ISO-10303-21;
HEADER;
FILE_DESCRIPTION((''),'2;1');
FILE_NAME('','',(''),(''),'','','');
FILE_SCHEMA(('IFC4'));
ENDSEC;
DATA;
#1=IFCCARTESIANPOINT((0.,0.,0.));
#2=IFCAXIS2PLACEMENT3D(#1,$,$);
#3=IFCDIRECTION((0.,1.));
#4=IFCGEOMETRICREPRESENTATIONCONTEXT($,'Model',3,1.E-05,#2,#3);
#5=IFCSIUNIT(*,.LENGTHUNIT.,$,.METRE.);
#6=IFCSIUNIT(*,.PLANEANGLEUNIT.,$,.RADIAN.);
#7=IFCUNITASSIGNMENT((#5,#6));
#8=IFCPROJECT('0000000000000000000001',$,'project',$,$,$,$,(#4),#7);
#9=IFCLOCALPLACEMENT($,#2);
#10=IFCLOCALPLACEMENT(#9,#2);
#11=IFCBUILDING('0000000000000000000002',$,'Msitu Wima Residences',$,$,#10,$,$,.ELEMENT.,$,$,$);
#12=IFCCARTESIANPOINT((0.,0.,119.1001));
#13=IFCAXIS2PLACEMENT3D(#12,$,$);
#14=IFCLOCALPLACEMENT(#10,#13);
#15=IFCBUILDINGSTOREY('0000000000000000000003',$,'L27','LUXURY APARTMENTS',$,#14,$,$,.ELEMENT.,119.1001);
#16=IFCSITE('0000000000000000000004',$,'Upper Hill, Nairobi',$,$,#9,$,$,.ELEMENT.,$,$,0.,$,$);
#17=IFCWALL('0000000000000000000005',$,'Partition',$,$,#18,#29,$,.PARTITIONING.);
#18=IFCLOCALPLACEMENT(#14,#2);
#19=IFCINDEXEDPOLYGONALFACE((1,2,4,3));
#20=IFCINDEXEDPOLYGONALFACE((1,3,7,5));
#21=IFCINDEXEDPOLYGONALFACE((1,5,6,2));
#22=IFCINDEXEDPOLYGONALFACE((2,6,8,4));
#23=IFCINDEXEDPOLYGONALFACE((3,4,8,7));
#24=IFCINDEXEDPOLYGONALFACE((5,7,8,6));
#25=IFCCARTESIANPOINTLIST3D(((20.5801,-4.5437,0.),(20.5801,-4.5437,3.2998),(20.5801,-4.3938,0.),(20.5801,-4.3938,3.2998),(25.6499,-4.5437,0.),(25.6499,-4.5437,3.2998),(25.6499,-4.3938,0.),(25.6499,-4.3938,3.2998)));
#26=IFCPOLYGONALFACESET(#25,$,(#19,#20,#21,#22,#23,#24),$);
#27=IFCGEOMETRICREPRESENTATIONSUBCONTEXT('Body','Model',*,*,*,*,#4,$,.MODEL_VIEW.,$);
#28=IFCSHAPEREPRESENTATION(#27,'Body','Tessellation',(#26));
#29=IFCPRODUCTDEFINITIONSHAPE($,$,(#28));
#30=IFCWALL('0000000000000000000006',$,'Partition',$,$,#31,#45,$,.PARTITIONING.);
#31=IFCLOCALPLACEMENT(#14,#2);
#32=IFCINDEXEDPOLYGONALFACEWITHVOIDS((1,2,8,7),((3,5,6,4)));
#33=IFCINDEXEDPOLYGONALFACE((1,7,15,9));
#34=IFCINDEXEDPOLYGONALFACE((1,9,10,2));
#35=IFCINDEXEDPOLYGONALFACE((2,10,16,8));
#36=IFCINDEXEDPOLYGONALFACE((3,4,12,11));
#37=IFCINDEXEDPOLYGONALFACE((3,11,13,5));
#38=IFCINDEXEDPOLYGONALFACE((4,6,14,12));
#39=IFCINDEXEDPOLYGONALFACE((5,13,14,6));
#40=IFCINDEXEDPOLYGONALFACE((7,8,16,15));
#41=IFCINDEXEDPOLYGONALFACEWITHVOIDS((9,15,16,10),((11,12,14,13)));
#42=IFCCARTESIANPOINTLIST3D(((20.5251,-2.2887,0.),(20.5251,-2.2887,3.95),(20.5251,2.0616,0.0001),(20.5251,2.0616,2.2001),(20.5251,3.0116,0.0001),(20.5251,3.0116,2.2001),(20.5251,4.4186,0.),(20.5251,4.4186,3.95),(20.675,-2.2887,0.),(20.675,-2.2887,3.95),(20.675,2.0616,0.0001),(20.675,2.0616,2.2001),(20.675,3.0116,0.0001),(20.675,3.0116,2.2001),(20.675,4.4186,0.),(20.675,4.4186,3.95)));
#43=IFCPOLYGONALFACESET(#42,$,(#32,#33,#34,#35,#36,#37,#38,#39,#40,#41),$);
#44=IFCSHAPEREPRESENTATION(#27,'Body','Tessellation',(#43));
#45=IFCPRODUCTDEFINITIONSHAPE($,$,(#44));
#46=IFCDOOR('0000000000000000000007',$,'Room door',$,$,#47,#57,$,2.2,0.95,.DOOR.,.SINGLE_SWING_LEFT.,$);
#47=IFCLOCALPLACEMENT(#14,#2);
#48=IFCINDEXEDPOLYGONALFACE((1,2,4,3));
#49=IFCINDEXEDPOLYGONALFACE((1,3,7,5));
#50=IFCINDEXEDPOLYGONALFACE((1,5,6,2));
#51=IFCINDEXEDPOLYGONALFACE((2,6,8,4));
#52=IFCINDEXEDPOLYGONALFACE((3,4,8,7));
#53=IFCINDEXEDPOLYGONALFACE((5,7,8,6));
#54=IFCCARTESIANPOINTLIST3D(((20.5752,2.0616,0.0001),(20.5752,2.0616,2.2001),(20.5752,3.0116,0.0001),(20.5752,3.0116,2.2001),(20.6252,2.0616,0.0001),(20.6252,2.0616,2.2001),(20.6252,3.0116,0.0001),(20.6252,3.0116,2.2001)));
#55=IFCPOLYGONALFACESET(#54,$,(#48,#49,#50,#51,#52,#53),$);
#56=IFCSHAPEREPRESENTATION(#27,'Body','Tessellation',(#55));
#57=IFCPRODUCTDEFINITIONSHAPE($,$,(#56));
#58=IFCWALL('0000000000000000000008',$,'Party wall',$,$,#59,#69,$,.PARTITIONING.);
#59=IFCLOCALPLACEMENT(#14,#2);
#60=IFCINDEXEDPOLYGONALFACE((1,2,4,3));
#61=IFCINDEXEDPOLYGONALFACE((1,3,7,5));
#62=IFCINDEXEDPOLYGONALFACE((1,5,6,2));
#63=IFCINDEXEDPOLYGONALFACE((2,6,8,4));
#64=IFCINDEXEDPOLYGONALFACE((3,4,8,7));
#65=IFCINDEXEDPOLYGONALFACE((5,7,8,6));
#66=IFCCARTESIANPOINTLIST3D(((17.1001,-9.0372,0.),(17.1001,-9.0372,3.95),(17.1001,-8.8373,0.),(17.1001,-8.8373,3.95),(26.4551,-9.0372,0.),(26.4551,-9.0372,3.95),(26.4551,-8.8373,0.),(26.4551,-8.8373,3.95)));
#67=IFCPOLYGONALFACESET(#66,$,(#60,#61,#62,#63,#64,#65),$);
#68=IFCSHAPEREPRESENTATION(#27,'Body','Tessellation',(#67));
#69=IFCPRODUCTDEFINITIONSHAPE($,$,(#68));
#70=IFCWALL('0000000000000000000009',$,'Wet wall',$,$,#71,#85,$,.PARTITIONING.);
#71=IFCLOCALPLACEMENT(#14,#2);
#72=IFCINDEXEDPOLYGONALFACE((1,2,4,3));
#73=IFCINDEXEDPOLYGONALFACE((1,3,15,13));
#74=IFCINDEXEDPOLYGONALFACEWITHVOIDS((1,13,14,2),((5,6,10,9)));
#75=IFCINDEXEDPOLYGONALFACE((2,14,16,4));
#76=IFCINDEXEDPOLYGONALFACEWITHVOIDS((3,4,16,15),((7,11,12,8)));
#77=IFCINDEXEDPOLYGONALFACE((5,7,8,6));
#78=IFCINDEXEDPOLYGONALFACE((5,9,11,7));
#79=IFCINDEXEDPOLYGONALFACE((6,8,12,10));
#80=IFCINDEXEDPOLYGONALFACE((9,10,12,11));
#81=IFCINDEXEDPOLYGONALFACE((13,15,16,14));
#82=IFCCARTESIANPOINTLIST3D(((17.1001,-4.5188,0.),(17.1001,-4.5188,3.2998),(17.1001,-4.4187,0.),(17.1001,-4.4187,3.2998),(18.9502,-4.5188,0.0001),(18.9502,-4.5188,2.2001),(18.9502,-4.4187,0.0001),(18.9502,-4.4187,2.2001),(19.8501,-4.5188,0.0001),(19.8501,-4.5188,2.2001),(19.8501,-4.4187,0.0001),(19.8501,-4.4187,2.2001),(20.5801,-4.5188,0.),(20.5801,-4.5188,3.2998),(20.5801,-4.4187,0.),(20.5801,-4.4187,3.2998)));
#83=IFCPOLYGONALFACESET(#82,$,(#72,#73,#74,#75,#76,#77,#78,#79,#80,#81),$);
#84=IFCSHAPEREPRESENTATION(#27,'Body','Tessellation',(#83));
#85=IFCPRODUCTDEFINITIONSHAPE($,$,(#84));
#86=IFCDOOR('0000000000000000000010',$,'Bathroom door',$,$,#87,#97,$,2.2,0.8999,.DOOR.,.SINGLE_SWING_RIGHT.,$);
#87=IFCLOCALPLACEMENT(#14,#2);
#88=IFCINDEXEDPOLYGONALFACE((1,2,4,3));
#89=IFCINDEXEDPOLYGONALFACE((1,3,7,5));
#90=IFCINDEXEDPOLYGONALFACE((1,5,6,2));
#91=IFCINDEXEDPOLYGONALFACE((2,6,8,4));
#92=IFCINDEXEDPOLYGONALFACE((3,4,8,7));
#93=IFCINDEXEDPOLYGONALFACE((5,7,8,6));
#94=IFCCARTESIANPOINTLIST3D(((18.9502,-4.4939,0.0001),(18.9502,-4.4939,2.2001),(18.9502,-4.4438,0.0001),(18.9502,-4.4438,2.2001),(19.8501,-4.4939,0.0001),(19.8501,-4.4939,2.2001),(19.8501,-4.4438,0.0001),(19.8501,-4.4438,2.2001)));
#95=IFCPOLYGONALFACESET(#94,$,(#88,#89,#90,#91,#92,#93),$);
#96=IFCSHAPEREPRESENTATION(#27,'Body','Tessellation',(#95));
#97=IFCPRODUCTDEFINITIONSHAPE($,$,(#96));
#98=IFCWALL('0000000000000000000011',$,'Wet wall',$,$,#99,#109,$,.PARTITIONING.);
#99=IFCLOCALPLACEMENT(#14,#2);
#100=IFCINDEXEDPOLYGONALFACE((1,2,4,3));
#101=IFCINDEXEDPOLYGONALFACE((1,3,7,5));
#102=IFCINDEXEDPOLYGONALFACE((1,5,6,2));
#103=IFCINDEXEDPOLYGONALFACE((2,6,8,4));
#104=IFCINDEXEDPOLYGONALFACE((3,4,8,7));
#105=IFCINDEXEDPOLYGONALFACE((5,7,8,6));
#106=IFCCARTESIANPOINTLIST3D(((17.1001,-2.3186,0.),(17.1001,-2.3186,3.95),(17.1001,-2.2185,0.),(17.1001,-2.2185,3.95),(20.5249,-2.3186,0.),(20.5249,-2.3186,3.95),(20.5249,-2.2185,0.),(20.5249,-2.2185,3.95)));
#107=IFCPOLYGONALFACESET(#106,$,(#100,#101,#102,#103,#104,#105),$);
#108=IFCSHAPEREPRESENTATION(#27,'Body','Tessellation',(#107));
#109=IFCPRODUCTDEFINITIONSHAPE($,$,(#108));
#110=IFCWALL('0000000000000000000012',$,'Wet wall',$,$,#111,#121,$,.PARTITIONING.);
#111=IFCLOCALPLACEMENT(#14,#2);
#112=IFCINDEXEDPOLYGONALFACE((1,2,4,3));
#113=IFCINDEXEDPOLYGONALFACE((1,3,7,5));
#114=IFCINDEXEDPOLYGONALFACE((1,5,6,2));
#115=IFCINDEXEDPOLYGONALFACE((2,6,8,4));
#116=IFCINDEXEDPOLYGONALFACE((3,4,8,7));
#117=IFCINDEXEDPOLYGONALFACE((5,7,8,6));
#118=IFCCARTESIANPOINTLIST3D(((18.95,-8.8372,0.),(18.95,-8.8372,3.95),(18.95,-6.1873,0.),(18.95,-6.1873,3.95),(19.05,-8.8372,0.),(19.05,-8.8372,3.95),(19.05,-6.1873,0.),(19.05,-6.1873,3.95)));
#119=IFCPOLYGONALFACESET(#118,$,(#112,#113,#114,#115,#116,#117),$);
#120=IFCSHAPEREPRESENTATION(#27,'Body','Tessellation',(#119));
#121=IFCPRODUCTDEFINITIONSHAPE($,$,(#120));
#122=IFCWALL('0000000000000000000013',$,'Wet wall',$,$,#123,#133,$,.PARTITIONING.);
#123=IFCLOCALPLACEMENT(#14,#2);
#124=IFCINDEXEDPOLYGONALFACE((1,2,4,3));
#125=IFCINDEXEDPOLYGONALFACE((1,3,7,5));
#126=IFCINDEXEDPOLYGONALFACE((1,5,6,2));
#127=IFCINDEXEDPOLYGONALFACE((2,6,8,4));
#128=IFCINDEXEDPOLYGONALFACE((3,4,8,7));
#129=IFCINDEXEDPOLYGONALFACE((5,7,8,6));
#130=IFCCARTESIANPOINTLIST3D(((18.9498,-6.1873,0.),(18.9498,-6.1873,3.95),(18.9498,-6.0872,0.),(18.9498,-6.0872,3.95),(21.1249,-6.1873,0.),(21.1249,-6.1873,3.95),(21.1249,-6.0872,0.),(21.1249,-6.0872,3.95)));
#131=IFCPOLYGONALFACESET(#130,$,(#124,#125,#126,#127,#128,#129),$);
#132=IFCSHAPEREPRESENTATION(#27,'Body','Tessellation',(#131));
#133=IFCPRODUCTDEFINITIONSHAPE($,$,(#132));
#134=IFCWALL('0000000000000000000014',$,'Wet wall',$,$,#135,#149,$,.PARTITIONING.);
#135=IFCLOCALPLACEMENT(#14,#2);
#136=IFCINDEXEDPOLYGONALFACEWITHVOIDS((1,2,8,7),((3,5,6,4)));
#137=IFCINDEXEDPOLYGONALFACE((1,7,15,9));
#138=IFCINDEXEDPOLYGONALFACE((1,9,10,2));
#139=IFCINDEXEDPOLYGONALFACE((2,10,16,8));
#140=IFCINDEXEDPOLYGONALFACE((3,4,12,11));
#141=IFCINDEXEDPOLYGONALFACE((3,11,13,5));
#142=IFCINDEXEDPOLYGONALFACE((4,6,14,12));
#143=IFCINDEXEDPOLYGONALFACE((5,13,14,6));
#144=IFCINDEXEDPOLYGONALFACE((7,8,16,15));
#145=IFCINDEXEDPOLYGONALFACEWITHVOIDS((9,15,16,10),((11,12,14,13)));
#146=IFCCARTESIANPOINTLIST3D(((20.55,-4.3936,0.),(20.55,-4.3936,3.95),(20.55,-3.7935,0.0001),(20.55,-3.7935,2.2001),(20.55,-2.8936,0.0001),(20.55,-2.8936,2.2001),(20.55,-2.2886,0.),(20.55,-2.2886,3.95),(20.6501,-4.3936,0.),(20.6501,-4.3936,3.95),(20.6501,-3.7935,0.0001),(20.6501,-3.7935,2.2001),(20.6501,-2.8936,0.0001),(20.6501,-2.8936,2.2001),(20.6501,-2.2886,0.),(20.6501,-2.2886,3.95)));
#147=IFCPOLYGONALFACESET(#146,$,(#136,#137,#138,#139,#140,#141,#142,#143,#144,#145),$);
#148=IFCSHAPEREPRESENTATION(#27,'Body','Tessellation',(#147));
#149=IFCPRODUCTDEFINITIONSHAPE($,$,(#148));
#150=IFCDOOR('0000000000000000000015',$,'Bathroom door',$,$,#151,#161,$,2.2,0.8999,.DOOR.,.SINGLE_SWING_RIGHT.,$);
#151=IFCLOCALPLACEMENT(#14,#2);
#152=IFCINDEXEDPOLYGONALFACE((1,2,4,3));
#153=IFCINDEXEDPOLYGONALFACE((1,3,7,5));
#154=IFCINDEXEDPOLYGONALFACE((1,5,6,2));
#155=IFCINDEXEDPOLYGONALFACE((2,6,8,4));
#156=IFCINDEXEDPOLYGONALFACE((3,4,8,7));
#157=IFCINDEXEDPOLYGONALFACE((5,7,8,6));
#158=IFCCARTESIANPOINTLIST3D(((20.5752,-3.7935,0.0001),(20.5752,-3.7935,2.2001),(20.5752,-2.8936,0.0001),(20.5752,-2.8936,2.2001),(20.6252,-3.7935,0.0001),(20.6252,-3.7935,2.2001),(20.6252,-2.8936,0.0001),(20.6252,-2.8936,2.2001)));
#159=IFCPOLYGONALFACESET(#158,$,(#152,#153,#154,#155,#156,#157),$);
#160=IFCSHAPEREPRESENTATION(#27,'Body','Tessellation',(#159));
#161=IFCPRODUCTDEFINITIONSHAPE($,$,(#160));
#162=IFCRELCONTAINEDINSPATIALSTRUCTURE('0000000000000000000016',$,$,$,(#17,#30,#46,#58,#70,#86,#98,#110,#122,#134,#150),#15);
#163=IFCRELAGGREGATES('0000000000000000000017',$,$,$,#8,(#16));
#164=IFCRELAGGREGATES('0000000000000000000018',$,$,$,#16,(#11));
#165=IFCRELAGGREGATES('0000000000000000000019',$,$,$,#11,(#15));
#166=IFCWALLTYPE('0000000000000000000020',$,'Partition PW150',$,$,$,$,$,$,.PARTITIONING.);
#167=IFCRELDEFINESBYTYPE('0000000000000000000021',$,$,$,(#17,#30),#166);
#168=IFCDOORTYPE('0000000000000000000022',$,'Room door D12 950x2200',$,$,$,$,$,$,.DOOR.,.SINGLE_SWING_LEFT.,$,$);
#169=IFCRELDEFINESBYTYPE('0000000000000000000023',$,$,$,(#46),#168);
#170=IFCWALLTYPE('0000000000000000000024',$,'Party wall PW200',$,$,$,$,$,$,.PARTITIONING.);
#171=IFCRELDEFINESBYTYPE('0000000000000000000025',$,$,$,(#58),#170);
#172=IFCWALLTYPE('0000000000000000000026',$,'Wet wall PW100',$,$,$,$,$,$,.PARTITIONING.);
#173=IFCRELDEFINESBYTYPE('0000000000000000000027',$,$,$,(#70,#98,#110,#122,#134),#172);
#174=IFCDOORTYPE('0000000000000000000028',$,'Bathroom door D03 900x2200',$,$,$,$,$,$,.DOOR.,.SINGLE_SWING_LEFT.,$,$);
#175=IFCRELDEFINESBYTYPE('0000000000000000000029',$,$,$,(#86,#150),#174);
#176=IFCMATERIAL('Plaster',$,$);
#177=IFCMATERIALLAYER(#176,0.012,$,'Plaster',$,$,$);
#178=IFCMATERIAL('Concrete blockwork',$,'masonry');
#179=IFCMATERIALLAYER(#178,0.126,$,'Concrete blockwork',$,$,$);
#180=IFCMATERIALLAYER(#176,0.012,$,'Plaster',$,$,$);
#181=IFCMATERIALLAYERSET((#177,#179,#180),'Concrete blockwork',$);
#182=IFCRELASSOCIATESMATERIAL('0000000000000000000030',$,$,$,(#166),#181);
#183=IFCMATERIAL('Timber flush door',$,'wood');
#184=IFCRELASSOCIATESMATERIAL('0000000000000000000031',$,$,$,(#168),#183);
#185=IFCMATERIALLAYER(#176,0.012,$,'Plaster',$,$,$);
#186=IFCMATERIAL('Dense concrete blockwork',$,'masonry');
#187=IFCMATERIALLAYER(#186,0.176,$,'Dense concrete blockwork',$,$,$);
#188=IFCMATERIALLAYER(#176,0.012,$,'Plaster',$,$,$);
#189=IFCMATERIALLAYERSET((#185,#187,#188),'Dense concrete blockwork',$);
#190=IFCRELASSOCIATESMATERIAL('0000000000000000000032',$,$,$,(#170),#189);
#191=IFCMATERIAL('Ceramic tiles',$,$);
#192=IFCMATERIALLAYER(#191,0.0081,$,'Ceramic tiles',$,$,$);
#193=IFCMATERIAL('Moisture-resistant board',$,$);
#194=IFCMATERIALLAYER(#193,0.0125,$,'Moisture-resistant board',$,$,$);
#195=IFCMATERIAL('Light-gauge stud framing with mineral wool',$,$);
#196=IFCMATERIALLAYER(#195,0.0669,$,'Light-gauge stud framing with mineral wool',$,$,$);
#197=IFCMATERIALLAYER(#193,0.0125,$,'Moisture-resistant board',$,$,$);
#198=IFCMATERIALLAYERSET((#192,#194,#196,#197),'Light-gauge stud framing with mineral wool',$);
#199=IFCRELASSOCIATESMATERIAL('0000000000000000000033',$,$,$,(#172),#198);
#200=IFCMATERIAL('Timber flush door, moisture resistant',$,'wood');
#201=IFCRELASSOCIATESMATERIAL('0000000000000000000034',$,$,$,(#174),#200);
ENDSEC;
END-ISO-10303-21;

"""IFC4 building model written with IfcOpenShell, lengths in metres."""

from ifc_helpers import new_model, si_unit, direction, frame, frame_2d, origin, place, context, subcontext, project, spatial, rectangle, extrude, material, layer, layer_set, type_object, element, fill, save


model = new_model("IFC4")

# Units and contexts
model_context = context("Model", 3, precision=1e-05, world=origin(), true_north=direction((0.0, 1.0)))
body_context = subcontext(model_context, "Body", "Model", "MODEL_VIEW")
ifc_project = project(units=[si_unit("LENGTHUNIT", "METRE"), si_unit("PLANEANGLEUNIT", "RADIAN")], contexts=[model_context])

# Site, building, storey
site_placement = place(None, origin())
site = spatial("IfcSite", under=ifc_project, at=site_placement, Name="Upper Hill, Nairobi", CompositionType="ELEMENT", RefElevation=0.0)
building_placement = place(site_placement, origin())
building = spatial("IfcBuilding", under=site, at=building_placement, Name="Msitu Wima Residences", CompositionType="ELEMENT")
storey_placement = place(building_placement, frame((0.0, 0.0, 119.1001)))
storey = spatial("IfcBuildingStorey", under=building, at=storey_placement, Name="L27", Description="LUXURY APARTMENTS", CompositionType="ELEMENT", Elevation=119.1001)

# Wall
ifc_material_1 = material(Name="Plaster")
ifc_layer_1 = layer(ifc_material_1, 0.012, Name="Plaster")
ifc_material_2 = material(Name="Concrete blockwork", Category="masonry")
ifc_layer_2 = layer(ifc_material_2, 0.126, Name="Concrete blockwork")
ifc_layer_3 = layer(ifc_material_1, 0.012, Name="Plaster")
ifc_layer_set_1 = layer_set([ifc_layer_1, ifc_layer_2, ifc_layer_3], Name="Concrete blockwork")
wall_type_1 = type_object("IfcWallType", Name="Partition PW150", PredefinedType="PARTITIONING", material=ifc_layer_set_1)
wall_1_placement = place(storey_placement, frame((20.5801, -4.4688, 0.0), z_axis=(0.0, 0.0, 1.0), x_axis=(1.0, 0.0, 0.0)))
element("IfcWall", 1, at=wall_1_placement, inside=storey, type_object=wall_type_1, Name="Partition", PredefinedType="PARTITIONING", context=body_context, shape_type="SweptSolid", body=[
    extrude(rectangle(XDim=5.0698, YDim=0.1499, at=frame_2d((2.5349, 0.0))), origin(), (0.0, 0.0, 1.0), 3.2998),
])

# Wall, opening, door
wall_2_placement = place(storey_placement, frame((20.6001, -2.2886, 0.0), z_axis=(0.0, 0.0, 1.0), x_axis=(0.0, 1.0, 0.0)))
wall_2 = element("IfcWall", 2, at=wall_2_placement, inside=storey, type_object=wall_type_1, Name="Partition", PredefinedType="PARTITIONING", context=body_context, shape_type="SweptSolid", body=[
    extrude(rectangle(XDim=6.7073, YDim=0.1499, at=frame_2d((3.3535, 0.0))), origin(), (0.0, 0.0, 1.0), 3.95),
])
opening_1_placement = place(wall_2_placement, frame((4.3501, 0.0, 0.0)))
opening_1 = element("IfcOpeningElement", 3, at=opening_1_placement, cuts=wall_2, PredefinedType="OPENING", context=body_context, shape_type="SweptSolid", body=[
    extrude(rectangle(XDim=0.95, YDim=2.2, at=frame_2d((0.4751, 1.1001))), frame((0.0, 0.085, 0.0), z_axis=(0.0, -1.0, 0.0), x_axis=(1.0, 0.0, 0.0)), (0.0, 0.0, 1.0), 0.1699),
])
ifc_material_3 = material(Name="Timber flush door", Category="wood")
door_type_1 = type_object("IfcDoorType", Name="Room door D12 950x2200", OperationType="SINGLE_SWING_LEFT", PredefinedType="DOOR", material=ifc_material_3)
door_1_placement = place(opening_1_placement, origin())
door_1 = element("IfcDoor", 4, at=door_1_placement, inside=storey, type_object=door_type_1, Name="Room door", OperationType="SINGLE_SWING_LEFT", OverallHeight=2.2, OverallWidth=0.95, PredefinedType="DOOR", context=body_context, shape_type="SweptSolid", body=[
    extrude(rectangle(XDim=0.95, YDim=2.2, at=frame_2d((0.4751, 1.1001))), frame((0.0, 0.0249, 0.0), z_axis=(0.0, -1.0, 0.0), x_axis=(1.0, 0.0, 0.0)), (0.0, 0.0, 1.0), 0.05),
])
fill(opening_1, door_1)

# Wall
ifc_layer_4 = layer(ifc_material_1, 0.012, Name="Plaster")
ifc_material_4 = material(Name="Dense concrete blockwork", Category="masonry")
ifc_layer_5 = layer(ifc_material_4, 0.176, Name="Dense concrete blockwork")
ifc_layer_6 = layer(ifc_material_1, 0.012, Name="Plaster")
ifc_layer_set_2 = layer_set([ifc_layer_4, ifc_layer_5, ifc_layer_6], Name="Dense concrete blockwork")
wall_type_2 = type_object("IfcWallType", Name="Party wall PW200", PredefinedType="PARTITIONING", material=ifc_layer_set_2)
wall_3_placement = place(storey_placement, frame((17.1001, -8.9373, 0.0), z_axis=(0.0, 0.0, 1.0), x_axis=(1.0, 0.0, 0.0)))
element("IfcWall", 5, at=wall_3_placement, inside=storey, type_object=wall_type_2, Name="Party wall", PredefinedType="PARTITIONING", context=body_context, shape_type="SweptSolid", body=[
    extrude(rectangle(XDim=9.355, YDim=0.2, at=frame_2d((4.6775, 0.0))), origin(), (0.0, 0.0, 1.0), 3.95),
])

# Wall, opening, door
ifc_material_5 = material(Name="Ceramic tiles")
ifc_layer_7 = layer(ifc_material_5, 0.0081, Name="Ceramic tiles")
ifc_material_6 = material(Name="Moisture-resistant board")
ifc_layer_8 = layer(ifc_material_6, 0.0125, Name="Moisture-resistant board")
ifc_material_7 = material(Name="Light-gauge stud framing with mineral wool")
ifc_layer_9 = layer(ifc_material_7, 0.0669, Name="Light-gauge stud framing with mineral wool")
ifc_layer_10 = layer(ifc_material_6, 0.0125, Name="Moisture-resistant board")
ifc_layer_set_3 = layer_set([ifc_layer_7, ifc_layer_8, ifc_layer_9, ifc_layer_10], Name="Light-gauge stud framing with mineral wool")
wall_type_3 = type_object("IfcWallType", Name="Wet wall PW100", PredefinedType="PARTITIONING", material=ifc_layer_set_3)
wall_4_placement = place(storey_placement, frame((17.1001, -4.4688, 0.0), z_axis=(0.0, 0.0, 1.0), x_axis=(1.0, 0.0, 0.0)))
wall_4 = element("IfcWall", 6, at=wall_4_placement, inside=storey, type_object=wall_type_3, Name="Wet wall", PredefinedType="PARTITIONING", context=body_context, shape_type="SweptSolid", body=[
    extrude(rectangle(XDim=3.48, YDim=0.1001, at=frame_2d((1.74, 0.0))), origin(), (0.0, 0.0, 1.0), 3.2998),
])
opening_2_placement = place(wall_4_placement, frame((1.8501, 0.0, 0.0)))
opening_2 = element("IfcOpeningElement", 7, at=opening_2_placement, cuts=wall_4, PredefinedType="OPENING", context=body_context, shape_type="SweptSolid", body=[
    extrude(rectangle(XDim=0.8999, YDim=2.2, at=frame_2d((0.45, 1.1001))), frame((0.0, 0.0601, 0.0), z_axis=(0.0, -1.0, 0.0), x_axis=(1.0, 0.0, 0.0)), (0.0, 0.0, 1.0), 0.1201),
])
ifc_material_8 = material(Name="Timber flush door, moisture resistant", Category="wood")
door_type_2 = type_object("IfcDoorType", Name="Bathroom door D03 900x2200", OperationType="SINGLE_SWING_LEFT", PredefinedType="DOOR", material=ifc_material_8)
door_2_placement = place(opening_2_placement, origin())
door_2 = element("IfcDoor", 8, at=door_2_placement, inside=storey, type_object=door_type_2, Name="Bathroom door", OperationType="SINGLE_SWING_RIGHT", OverallHeight=2.2, OverallWidth=0.8999, PredefinedType="DOOR", context=body_context, shape_type="SweptSolid", body=[
    extrude(rectangle(XDim=0.8999, YDim=2.2, at=frame_2d((0.45, 1.1001))), frame((0.0, 0.0249, 0.0), z_axis=(0.0, -1.0, 0.0), x_axis=(1.0, 0.0, 0.0)), (0.0, 0.0, 1.0), 0.05),
])
fill(opening_2, door_2)

# Walls
wall_5_placement = place(storey_placement, frame((17.1001, -2.2686, 0.0), z_axis=(0.0, 0.0, 1.0), x_axis=(1.0, 0.0, 0.0)))
element("IfcWall", 9, at=wall_5_placement, inside=storey, type_object=wall_type_3, Name="Wet wall", PredefinedType="PARTITIONING", context=body_context, shape_type="SweptSolid", body=[
    extrude(rectangle(XDim=3.4248, YDim=0.1001, at=frame_2d((1.7124, 0.0))), origin(), (0.0, 0.0, 1.0), 3.95),
])
wall_6_placement = place(storey_placement, frame((19.0, -8.8372, 0.0), z_axis=(0.0, 0.0, 1.0), x_axis=(0.0, 1.0, 0.0)))
element("IfcWall", 10, at=wall_6_placement, inside=storey, type_object=wall_type_3, Name="Wet wall", PredefinedType="PARTITIONING", context=body_context, shape_type="SweptSolid", body=[
    extrude(rectangle(XDim=2.6499, YDim=0.1001, at=frame_2d((1.325, 0.0))), origin(), (0.0, 0.0, 1.0), 3.95),
])
wall_7_placement = place(storey_placement, frame((18.95, -6.1372, 0.0), z_axis=(0.0, 0.0, 1.0), x_axis=(1.0, 0.0, 0.0)))
element("IfcWall", 11, at=wall_7_placement, inside=storey, type_object=wall_type_3, Name="Wet wall", PredefinedType="PARTITIONING", context=body_context, shape_type="SweptSolid", body=[
    extrude(rectangle(XDim=2.175, YDim=0.1001, at=frame_2d((1.0874, 0.0))), origin(), (0.0, 0.0, 1.0), 3.95),
])

# Wall, opening, door
wall_8_placement = place(storey_placement, frame((20.6001, -4.3936, 0.0), z_axis=(0.0, 0.0, 1.0), x_axis=(0.0, 1.0, 0.0)))
wall_8 = element("IfcWall", 12, at=wall_8_placement, inside=storey, type_object=wall_type_3, Name="Wet wall", PredefinedType="PARTITIONING", context=body_context, shape_type="SweptSolid", body=[
    extrude(rectangle(XDim=2.105, YDim=0.1001, at=frame_2d((1.0525, 0.0))), origin(), (0.0, 0.0, 1.0), 3.95),
])
opening_3_placement = place(wall_8_placement, frame((0.6001, 0.0, 0.0)))
opening_3 = element("IfcOpeningElement", 13, at=opening_3_placement, cuts=wall_8, PredefinedType="OPENING", context=body_context, shape_type="SweptSolid", body=[
    extrude(rectangle(XDim=0.8999, YDim=2.2, at=frame_2d((0.45, 1.1001))), frame((0.0, 0.0601, 0.0), z_axis=(0.0, -1.0, 0.0), x_axis=(1.0, 0.0, 0.0)), (0.0, 0.0, 1.0), 0.1201),
])
door_3_placement = place(opening_3_placement, origin())
door_3 = element("IfcDoor", 14, at=door_3_placement, inside=storey, type_object=door_type_2, Name="Bathroom door", OperationType="SINGLE_SWING_RIGHT", OverallHeight=2.2, OverallWidth=0.8999, PredefinedType="DOOR", context=body_context, shape_type="SweptSolid", body=[
    extrude(rectangle(XDim=0.8999, YDim=2.2, at=frame_2d((0.45, 1.1001))), frame((0.0, 0.0249, 0.0), z_axis=(0.0, -1.0, 0.0), x_axis=(1.0, 0.0, 0.0)), (0.0, 0.0, 1.0), 0.05),
])
fill(opening_3, door_3)

save(model, "model.ifc")
